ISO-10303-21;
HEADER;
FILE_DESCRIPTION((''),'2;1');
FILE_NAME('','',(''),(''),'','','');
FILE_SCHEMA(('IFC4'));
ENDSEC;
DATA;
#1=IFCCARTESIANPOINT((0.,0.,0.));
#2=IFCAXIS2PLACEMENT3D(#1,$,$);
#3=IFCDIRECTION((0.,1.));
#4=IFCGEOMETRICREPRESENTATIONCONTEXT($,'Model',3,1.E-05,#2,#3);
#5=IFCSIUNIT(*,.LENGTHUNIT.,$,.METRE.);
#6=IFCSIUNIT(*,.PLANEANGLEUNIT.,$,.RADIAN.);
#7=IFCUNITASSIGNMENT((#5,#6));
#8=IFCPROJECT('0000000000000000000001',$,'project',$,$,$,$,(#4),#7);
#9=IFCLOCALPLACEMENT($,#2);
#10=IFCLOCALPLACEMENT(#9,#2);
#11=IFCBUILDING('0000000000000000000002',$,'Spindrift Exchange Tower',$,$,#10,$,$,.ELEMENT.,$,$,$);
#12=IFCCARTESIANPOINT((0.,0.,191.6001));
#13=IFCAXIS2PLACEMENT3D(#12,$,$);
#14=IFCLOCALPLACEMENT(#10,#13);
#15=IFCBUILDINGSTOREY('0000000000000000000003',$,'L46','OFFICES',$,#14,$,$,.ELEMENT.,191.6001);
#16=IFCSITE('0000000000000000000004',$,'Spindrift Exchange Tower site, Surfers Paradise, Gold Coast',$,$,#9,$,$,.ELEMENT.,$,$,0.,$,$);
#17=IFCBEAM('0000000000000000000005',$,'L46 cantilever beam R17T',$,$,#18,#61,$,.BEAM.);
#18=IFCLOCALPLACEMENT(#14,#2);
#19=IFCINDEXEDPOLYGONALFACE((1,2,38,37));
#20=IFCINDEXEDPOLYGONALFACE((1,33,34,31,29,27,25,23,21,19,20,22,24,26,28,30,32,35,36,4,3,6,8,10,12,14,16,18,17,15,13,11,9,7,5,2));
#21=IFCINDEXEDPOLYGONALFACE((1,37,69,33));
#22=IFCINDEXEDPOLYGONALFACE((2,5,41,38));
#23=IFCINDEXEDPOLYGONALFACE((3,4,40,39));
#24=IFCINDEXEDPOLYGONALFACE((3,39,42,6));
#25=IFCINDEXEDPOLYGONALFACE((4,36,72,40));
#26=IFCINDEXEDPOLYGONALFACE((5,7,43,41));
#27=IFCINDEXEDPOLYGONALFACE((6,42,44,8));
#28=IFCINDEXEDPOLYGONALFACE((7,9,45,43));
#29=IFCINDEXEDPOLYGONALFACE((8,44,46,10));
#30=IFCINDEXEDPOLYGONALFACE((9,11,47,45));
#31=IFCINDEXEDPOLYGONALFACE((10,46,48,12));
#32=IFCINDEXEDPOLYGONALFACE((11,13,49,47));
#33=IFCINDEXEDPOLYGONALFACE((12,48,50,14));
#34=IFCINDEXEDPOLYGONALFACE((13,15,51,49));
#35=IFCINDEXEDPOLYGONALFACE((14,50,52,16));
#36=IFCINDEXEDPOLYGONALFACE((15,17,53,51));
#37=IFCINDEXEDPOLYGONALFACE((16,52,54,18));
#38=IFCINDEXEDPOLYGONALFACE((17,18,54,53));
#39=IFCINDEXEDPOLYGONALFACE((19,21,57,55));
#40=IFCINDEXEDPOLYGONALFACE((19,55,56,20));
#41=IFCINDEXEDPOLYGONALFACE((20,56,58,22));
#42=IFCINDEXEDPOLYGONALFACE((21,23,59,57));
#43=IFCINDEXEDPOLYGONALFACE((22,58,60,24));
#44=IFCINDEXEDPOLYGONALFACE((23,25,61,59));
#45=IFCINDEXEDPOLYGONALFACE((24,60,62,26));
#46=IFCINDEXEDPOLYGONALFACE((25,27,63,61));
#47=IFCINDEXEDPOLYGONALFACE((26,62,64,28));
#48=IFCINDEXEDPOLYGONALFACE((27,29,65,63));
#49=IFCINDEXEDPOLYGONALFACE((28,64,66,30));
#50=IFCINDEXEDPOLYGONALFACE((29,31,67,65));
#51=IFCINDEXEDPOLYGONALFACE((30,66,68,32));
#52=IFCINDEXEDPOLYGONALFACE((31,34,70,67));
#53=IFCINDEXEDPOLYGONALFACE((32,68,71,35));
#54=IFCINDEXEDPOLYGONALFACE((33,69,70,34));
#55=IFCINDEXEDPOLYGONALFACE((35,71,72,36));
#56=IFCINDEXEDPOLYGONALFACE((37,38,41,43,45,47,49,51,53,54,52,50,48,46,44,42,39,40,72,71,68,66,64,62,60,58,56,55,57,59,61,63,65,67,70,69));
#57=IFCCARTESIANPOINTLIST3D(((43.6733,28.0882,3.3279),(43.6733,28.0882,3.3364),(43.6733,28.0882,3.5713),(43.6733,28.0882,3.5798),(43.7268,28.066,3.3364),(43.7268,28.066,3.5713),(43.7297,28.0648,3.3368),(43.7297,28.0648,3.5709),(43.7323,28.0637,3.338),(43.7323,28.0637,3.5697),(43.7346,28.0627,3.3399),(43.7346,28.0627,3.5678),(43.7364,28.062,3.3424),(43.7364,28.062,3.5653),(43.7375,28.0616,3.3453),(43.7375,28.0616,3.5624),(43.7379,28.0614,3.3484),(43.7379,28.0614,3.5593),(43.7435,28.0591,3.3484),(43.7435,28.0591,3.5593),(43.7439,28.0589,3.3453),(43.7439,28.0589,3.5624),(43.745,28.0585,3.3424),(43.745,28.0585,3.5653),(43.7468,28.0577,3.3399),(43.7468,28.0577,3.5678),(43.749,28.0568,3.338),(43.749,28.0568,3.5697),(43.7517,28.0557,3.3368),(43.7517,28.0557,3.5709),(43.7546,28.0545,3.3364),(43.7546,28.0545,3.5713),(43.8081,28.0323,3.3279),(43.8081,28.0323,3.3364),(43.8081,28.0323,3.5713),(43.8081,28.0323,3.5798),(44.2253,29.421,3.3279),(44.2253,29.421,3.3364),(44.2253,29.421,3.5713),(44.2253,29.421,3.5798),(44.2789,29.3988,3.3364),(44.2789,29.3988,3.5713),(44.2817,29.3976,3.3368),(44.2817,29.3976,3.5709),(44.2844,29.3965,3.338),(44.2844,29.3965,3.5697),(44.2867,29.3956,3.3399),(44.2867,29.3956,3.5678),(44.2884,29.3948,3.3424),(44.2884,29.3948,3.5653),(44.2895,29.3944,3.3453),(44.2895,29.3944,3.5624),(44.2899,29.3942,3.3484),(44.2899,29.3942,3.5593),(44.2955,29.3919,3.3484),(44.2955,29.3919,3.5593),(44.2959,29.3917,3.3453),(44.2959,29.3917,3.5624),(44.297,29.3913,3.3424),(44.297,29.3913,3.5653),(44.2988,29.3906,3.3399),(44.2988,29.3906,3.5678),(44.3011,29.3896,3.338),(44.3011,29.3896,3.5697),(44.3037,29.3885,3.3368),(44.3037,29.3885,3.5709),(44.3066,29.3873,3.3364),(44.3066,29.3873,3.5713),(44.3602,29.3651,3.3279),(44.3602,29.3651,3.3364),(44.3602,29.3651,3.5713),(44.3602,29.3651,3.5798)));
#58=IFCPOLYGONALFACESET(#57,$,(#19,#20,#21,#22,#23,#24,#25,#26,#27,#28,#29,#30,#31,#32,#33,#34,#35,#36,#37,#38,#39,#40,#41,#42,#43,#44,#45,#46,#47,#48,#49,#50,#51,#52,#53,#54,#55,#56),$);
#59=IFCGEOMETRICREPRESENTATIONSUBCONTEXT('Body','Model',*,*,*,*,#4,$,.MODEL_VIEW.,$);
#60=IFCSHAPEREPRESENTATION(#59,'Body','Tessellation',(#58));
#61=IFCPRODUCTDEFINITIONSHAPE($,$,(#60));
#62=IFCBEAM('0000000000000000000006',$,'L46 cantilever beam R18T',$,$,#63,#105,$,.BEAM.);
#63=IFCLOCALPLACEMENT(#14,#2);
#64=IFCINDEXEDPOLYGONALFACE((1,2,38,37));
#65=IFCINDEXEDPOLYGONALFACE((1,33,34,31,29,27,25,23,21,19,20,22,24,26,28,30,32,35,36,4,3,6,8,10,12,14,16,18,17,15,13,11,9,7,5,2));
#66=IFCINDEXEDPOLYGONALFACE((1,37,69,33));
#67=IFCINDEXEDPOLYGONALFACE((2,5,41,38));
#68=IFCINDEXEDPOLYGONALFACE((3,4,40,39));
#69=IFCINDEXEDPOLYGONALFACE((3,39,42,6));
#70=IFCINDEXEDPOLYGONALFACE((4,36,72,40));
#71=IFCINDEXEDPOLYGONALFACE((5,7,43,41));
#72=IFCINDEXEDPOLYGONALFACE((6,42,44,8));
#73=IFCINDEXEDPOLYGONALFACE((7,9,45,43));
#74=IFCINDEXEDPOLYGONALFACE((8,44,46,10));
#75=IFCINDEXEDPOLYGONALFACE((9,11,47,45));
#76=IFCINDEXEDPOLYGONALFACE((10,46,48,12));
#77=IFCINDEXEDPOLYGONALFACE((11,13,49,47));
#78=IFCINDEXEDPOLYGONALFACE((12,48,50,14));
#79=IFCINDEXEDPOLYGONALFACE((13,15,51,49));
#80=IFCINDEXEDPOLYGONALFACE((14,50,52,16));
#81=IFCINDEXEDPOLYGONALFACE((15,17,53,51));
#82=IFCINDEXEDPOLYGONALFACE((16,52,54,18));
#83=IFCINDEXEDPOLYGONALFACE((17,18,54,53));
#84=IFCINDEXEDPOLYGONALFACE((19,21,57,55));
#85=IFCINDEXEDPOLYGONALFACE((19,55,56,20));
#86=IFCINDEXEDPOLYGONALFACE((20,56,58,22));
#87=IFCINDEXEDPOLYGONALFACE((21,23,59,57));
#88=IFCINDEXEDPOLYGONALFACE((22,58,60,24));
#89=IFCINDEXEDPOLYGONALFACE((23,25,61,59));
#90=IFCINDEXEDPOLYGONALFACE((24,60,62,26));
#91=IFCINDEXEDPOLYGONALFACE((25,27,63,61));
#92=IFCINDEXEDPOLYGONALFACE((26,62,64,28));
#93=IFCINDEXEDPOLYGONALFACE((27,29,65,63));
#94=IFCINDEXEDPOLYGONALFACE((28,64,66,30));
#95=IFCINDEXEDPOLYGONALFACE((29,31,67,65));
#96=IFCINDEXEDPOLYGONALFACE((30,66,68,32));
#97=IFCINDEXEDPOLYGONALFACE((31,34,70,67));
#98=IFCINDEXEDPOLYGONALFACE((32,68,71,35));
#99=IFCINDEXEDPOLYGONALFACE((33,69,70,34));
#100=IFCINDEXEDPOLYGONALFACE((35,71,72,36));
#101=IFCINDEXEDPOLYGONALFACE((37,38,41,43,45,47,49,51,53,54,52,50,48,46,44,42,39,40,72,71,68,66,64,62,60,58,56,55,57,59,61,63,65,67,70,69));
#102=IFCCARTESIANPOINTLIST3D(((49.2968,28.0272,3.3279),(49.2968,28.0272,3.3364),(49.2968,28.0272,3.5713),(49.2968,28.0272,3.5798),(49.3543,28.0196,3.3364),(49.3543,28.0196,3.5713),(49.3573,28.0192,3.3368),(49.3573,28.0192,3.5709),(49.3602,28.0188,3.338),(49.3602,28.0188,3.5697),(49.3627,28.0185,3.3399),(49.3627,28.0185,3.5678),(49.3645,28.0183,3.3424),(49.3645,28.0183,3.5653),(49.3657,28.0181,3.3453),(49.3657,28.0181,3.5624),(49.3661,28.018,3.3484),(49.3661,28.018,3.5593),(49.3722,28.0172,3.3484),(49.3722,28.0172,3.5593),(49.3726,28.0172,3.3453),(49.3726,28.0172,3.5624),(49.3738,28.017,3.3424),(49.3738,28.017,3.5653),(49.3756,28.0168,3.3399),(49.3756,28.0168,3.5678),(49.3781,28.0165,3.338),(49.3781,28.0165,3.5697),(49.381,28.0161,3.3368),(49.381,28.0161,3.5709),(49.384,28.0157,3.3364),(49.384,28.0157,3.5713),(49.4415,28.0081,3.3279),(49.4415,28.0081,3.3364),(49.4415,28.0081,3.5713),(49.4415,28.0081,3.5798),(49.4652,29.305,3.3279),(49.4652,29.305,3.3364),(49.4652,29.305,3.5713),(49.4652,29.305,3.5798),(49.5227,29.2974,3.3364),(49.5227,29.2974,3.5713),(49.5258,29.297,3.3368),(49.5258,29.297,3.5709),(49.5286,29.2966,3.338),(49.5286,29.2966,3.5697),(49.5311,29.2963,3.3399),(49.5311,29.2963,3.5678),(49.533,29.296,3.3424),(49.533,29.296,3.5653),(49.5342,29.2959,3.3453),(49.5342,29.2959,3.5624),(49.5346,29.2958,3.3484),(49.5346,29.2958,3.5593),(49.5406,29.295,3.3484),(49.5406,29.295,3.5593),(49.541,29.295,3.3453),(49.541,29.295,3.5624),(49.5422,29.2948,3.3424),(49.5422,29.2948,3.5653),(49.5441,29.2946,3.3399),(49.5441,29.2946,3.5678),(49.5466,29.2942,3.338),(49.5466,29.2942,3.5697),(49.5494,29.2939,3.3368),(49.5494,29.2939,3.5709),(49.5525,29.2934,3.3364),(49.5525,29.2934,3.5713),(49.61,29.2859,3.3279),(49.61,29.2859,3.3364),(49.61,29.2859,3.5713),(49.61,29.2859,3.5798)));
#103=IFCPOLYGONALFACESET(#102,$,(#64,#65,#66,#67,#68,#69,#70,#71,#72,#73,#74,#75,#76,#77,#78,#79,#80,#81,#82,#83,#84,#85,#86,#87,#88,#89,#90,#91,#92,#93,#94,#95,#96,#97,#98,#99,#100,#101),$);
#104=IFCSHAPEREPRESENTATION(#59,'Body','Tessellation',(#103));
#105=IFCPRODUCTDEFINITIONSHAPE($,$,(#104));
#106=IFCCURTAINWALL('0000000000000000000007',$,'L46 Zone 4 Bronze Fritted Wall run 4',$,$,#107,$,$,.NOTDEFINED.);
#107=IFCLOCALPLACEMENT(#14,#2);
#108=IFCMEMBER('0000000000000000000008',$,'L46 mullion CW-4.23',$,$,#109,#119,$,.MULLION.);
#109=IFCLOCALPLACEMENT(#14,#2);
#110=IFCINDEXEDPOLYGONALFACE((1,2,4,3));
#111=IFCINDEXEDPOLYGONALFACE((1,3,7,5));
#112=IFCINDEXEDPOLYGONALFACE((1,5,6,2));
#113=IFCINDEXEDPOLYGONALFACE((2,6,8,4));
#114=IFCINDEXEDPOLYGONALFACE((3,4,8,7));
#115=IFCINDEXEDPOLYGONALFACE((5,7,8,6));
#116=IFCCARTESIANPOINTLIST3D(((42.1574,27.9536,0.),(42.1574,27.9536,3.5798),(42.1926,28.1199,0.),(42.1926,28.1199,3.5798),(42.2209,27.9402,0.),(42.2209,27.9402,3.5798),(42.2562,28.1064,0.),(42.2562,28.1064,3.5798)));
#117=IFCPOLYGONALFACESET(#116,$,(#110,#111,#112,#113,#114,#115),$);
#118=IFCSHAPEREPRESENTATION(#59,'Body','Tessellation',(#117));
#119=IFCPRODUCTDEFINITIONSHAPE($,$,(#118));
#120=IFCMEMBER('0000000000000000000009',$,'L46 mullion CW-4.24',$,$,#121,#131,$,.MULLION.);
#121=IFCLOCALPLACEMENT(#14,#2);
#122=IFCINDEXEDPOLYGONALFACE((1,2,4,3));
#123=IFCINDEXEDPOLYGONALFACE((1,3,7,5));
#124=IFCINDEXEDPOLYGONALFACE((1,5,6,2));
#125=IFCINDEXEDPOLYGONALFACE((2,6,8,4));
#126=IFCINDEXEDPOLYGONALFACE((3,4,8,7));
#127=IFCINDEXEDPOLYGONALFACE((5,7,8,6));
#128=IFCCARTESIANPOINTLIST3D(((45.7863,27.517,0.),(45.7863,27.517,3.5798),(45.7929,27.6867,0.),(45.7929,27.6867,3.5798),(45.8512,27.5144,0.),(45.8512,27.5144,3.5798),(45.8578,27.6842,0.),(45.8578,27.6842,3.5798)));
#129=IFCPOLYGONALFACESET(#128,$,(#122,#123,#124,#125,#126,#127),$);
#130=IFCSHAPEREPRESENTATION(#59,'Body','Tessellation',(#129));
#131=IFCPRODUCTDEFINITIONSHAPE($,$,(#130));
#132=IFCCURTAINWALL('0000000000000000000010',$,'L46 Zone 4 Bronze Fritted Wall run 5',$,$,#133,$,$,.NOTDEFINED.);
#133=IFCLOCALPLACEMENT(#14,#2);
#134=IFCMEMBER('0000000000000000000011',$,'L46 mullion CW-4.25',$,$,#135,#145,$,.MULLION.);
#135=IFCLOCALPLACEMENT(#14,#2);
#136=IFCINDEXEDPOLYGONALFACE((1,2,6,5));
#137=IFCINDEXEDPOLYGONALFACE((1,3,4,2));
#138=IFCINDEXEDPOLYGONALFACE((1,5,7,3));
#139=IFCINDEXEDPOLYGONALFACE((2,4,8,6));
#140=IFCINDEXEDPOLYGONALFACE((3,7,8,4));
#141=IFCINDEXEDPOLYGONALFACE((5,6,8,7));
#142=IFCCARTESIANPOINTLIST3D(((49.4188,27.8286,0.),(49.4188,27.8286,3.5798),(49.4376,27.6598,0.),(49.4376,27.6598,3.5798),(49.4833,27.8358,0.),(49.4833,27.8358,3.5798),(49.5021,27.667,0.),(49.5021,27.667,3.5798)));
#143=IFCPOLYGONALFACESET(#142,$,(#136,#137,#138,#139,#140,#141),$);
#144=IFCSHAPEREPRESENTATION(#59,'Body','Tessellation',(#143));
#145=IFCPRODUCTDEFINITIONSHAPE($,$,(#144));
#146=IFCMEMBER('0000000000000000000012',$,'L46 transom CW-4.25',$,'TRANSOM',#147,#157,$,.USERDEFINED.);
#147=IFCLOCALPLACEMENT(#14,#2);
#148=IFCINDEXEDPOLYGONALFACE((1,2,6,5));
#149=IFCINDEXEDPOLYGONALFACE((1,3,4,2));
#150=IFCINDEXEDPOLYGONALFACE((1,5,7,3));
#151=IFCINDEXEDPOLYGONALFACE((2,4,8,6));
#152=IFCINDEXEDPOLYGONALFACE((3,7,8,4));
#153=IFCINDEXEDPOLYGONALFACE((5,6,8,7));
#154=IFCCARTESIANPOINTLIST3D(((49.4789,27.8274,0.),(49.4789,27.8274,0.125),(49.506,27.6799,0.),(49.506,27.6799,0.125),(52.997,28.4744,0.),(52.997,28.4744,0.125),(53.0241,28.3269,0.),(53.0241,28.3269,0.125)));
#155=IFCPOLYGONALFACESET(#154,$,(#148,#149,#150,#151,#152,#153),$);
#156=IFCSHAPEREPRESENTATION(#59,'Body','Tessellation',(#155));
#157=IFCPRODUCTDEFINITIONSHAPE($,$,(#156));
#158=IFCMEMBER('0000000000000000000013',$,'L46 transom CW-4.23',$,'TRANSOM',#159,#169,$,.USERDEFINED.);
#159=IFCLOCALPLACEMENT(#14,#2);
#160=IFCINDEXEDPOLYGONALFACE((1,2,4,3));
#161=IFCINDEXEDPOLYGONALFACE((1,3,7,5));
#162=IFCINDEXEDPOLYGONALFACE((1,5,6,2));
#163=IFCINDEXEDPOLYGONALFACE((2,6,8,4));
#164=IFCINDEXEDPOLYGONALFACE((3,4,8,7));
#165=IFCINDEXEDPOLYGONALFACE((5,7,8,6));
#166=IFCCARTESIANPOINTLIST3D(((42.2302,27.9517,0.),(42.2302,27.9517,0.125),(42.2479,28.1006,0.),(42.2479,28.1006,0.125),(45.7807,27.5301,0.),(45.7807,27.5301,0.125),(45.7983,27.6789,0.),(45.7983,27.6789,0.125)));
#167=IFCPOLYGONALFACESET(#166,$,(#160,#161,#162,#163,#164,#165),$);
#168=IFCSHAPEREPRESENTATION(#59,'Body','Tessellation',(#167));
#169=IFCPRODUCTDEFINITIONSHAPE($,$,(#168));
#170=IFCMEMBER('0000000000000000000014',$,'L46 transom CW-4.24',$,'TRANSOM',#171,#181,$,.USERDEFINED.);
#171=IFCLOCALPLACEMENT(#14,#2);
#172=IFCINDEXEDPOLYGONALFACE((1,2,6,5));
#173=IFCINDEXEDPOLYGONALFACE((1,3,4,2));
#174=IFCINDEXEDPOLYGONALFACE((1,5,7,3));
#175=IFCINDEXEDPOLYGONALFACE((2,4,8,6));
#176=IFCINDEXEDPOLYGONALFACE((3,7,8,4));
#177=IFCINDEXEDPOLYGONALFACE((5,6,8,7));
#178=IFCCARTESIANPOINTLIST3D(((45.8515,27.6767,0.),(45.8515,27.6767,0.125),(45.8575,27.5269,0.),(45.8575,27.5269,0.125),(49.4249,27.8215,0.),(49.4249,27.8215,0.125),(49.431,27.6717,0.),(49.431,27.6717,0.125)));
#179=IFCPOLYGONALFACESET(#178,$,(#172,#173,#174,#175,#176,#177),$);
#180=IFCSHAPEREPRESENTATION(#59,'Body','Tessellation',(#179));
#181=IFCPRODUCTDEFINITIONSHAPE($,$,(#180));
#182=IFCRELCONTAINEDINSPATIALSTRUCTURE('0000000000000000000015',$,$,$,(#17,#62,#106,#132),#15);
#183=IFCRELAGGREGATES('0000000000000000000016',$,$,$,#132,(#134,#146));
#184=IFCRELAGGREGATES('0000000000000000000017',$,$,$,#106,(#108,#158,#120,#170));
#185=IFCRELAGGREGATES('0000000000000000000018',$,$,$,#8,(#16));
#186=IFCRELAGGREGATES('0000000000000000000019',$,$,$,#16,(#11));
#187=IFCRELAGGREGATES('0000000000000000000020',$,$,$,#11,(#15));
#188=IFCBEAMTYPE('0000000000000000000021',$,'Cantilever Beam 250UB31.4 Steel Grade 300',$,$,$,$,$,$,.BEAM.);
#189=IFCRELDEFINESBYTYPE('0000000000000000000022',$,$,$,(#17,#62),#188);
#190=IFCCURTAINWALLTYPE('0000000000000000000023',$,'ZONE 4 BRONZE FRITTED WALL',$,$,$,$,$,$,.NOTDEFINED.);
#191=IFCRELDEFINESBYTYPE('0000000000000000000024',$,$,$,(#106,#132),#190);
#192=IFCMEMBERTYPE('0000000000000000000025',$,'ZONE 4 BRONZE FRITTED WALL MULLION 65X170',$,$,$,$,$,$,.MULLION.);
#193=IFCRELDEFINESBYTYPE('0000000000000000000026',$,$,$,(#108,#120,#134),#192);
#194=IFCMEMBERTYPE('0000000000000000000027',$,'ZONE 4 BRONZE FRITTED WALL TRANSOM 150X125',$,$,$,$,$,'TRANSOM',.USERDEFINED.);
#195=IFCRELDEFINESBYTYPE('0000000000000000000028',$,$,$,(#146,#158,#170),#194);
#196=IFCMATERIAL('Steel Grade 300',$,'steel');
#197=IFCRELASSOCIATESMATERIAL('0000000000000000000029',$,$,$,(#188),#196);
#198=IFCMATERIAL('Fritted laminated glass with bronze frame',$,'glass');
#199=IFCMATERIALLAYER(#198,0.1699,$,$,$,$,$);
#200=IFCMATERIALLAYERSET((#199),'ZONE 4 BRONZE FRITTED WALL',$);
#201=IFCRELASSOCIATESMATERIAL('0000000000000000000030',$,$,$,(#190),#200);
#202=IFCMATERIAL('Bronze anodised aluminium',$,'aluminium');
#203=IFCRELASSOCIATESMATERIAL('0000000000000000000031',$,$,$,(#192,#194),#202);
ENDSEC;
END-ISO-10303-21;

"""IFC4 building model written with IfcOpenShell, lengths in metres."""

from ifc_helpers import new_model, si_unit, direction, frame, origin, origin_2d, place, context, subcontext, project, spatial, rectangle, i_section, extrude, source, transform, mapped, material, layer, layer_set, material_profile, profile_set, type_object, element, aggregate, save


model = new_model("IFC4")

# Units and contexts
model_context = context("Model", 3, precision=1e-05, world=origin(), true_north=direction((0.0, 1.0)))
body_context = subcontext(model_context, "Body", "Model", "MODEL_VIEW")
ifc_project = project(units=[si_unit("LENGTHUNIT", "METRE"), si_unit("PLANEANGLEUNIT", "RADIAN")], contexts=[model_context])

# Site, building, storey
site_placement = place(None, origin())
site = spatial("IfcSite", under=ifc_project, at=site_placement, Name="Spindrift Exchange Tower site, Surfers Paradise, Gold Coast", CompositionType="ELEMENT", RefElevation=0.0)
building_placement = place(site_placement, origin())
building = spatial("IfcBuilding", under=site, at=building_placement, Name="Spindrift Exchange Tower", CompositionType="ELEMENT")
storey_placement = place(building_placement, frame((0.0, 0.0, 191.6001)))
storey = spatial("IfcBuildingStorey", under=building, at=storey_placement, Name="L46", Description="OFFICES", CompositionType="ELEMENT", Elevation=191.6001)

# Beams
ifc_material_1 = material(Name="Steel Grade 300", Category="steel")
ifc_material_profile_1 = material_profile(ifc_material_1, i_section(OverallWidth=0.146, OverallDepth=0.252, WebThickness=0.0061, FlangeThickness=0.0085, FilletRadius=0.012, at=origin_2d()), Name="250UB31.4")
ifc_profile_set_1 = profile_set([ifc_material_profile_1], Name="Steel Grade 300")
beam_type_1 = type_object("IfcBeamType", Name="Cantilever Beam 250UB31.4 Steel Grade 300", PredefinedType="BEAM", material=ifc_profile_set_1)
shared_shape_1 = source(origin(), body_context, "Body", "SweptSolid", [
    extrude(i_section(OverallWidth=0.146, OverallDepth=0.252, WebThickness=0.0061, FlangeThickness=0.0085, FilletRadius=0.012, at=origin_2d()), origin(), (0.0, 0.0, 1.0), 1.4426),
])
beam_1_placement = place(storey_placement, frame((44.2927, 29.3931, 3.4539), z_axis=(-0.382656, -0.923891, 0.0), x_axis=(0.923891, -0.382656, 0.0)))
element("IfcBeam", 1, at=beam_1_placement, inside=storey, type_object=beam_type_1, Name="L46 cantilever beam R17T", PredefinedType="BEAM", context=body_context, shape_type="MappedRepresentation", body=[
    mapped(shared_shape_1, transform((0.0, 0.0, 0.0), scale=1.0)),
])
shared_shape_2 = source(origin(), body_context, "Body", "SweptSolid", [
    extrude(i_section(OverallWidth=0.146, OverallDepth=0.252, WebThickness=0.0061, FlangeThickness=0.0085, FilletRadius=0.012, at=origin_2d()), origin(), (0.0, 0.0, 1.0), 1.2888),
])
beam_2_placement = place(storey_placement, frame((49.5376, 29.2954, 3.4539), z_axis=(-0.1307, -0.991422, 0.0), x_axis=(0.991422, -0.1307, 0.0)))
element("IfcBeam", 2, at=beam_2_placement, inside=storey, type_object=beam_type_1, Name="L46 cantilever beam R18T", PredefinedType="BEAM", context=body_context, shape_type="MappedRepresentation", body=[
    mapped(shared_shape_2, transform((0.0, 0.0, 0.0), scale=1.0)),
])

# Curtain walls, members
ifc_material_2 = material(Name="Fritted laminated glass with bronze frame", Category="glass")
ifc_layer_1 = layer(ifc_material_2, 0.1699)
ifc_layer_set_1 = layer_set([ifc_layer_1], Name="ZONE 4 BRONZE FRITTED WALL")
curtain_wall_type = type_object("IfcCurtainWallType", Name="ZONE 4 BRONZE FRITTED WALL", PredefinedType="NOTDEFINED", material=ifc_layer_set_1)
curtain_wall_1_placement = place(storey_placement, origin())
curtain_wall_1 = element("IfcCurtainWall", 3, at=curtain_wall_1_placement, inside=storey, type_object=curtain_wall_type, Name="L46 Zone 4 Bronze Fritted Wall run 4", PredefinedType="NOTDEFINED")
ifc_material_3 = material(Name="Bronze anodised aluminium", Category="aluminium")
ifc_material_profile_2 = material_profile(ifc_material_3, rectangle(XDim=0.0649, YDim=0.1699, at=origin_2d()), Name="ZONE 4 BRONZE FRITTED WALL MULLION 65X170")
ifc_profile_set_2 = profile_set([ifc_material_profile_2], Name="Bronze anodised aluminium")
member_type_1 = type_object("IfcMemberType", Name="ZONE 4 BRONZE FRITTED WALL MULLION 65X170", PredefinedType="MULLION", material=ifc_profile_set_2)
shared_shape_3 = source(origin(), body_context, "Body", "SweptSolid", [
    extrude(rectangle(XDim=0.0649, YDim=0.1699, at=origin_2d()), origin(), (0.0, 0.0, 1.0), 3.5798),
])
member_1_placement = place(storey_placement, frame((42.2068, 28.03, 0.0), z_axis=(0.0, 0.0, 1.0), x_axis=(0.978283, -0.207273, 0.0)))
member_1 = element("IfcMember", 4, at=member_1_placement, type_object=member_type_1, Name="L46 mullion CW-4.23", PredefinedType="MULLION", context=body_context, shape_type="MappedRepresentation", body=[
    mapped(shared_shape_3, transform((0.0, 0.0, 0.0), scale=1.0)),
])
member_2_placement = place(storey_placement, frame((45.822, 27.6006, 0.0), z_axis=(0.0, 0.0, 1.0), x_axis=(0.999244, -0.038886, 0.0)))
member_2 = element("IfcMember", 5, at=member_2_placement, type_object=member_type_1, Name="L46 mullion CW-4.24", PredefinedType="MULLION", context=body_context, shape_type="MappedRepresentation", body=[
    mapped(shared_shape_3, transform((0.0, 0.0, 0.0), scale=1.0)),
])
curtain_wall_2_placement = place(storey_placement, origin())
curtain_wall_2 = element("IfcCurtainWall", 6, at=curtain_wall_2_placement, inside=storey, type_object=curtain_wall_type, Name="L46 Zone 4 Bronze Fritted Wall run 5", PredefinedType="NOTDEFINED")
member_3_placement = place(storey_placement, frame((49.4604, 27.7478, 0.0), z_axis=(0.0, 0.0, 1.0), x_axis=(0.993828, 0.110929, 0.0)))
member_3 = element("IfcMember", 7, at=member_3_placement, type_object=member_type_1, Name="L46 mullion CW-4.25", PredefinedType="MULLION", context=body_context, shape_type="MappedRepresentation", body=[
    mapped(shared_shape_3, transform((0.0, 0.0, 0.0), scale=1.0)),
])
ifc_material_profile_3 = material_profile(ifc_material_3, rectangle(XDim=0.1499, YDim=0.125, at=origin_2d()), Name="ZONE 4 BRONZE FRITTED WALL TRANSOM 150X125")
ifc_profile_set_3 = profile_set([ifc_material_profile_3], Name="Bronze anodised aluminium")
member_type_2 = type_object("IfcMemberType", Name="ZONE 4 BRONZE FRITTED WALL TRANSOM 150X125", ElementType="TRANSOM", PredefinedType="USERDEFINED", material=ifc_profile_set_3)
shared_shape_4 = source(origin(), body_context, "Body", "SweptSolid", [
    extrude(rectangle(XDim=0.1499, YDim=0.125, at=origin_2d()), origin(), (0.0, 0.0, 1.0), 3.5771),
])
member_4_placement = place(storey_placement, frame((49.4924, 27.7537, 0.0625), z_axis=(0.983508, 0.180867, 0.0), x_axis=(-0.180867, 0.983508, 0.0)))
member_4 = element("IfcMember", 8, at=member_4_placement, type_object=member_type_2, Name="L46 transom CW-4.25", ObjectType="TRANSOM", PredefinedType="USERDEFINED", context=body_context, shape_type="MappedRepresentation", body=[
    mapped(shared_shape_4, transform((0.0, 0.0, 0.0), scale=1.0)),
])

# Members
shared_shape_5 = source(origin(), body_context, "Body", "SweptSolid", [
    extrude(rectangle(XDim=0.1499, YDim=0.125, at=origin_2d()), origin(), (0.0, 0.0, 1.0), 3.5754),
])
member_5_placement = place(storey_placement, frame((42.239, 28.0261, 0.0625), z_axis=(0.993023, -0.117923, 0.0), x_axis=(0.117923, 0.993023, 0.0)))
member_5 = element("IfcMember", 9, at=member_5_placement, type_object=member_type_2, Name="L46 transom CW-4.23", ObjectType="TRANSOM", PredefinedType="USERDEFINED", context=body_context, shape_type="MappedRepresentation", body=[
    mapped(shared_shape_5, transform((0.0, 0.0, 0.0), scale=1.0)),
])
shared_shape_6 = source(origin(), body_context, "Body", "SweptSolid", [
    extrude(rectangle(XDim=0.1499, YDim=0.125, at=origin_2d()), origin(), (0.0, 0.0, 1.0), 3.5764),
])
member_6_placement = place(storey_placement, frame((45.8545, 27.6018, 0.0625), z_axis=(0.99918, 0.040481, 0.0), x_axis=(-0.040481, 0.99918, 0.0)))
member_6 = element("IfcMember", 10, at=member_6_placement, type_object=member_type_2, Name="L46 transom CW-4.24", ObjectType="TRANSOM", PredefinedType="USERDEFINED", context=body_context, shape_type="MappedRepresentation", body=[
    mapped(shared_shape_6, transform((0.0, 0.0, 0.0), scale=1.0)),
])

aggregate(curtain_wall_2, [member_3, member_4])
aggregate(curtain_wall_1, [member_1, member_5, member_2, member_6])

save(model, "model.ifc")
